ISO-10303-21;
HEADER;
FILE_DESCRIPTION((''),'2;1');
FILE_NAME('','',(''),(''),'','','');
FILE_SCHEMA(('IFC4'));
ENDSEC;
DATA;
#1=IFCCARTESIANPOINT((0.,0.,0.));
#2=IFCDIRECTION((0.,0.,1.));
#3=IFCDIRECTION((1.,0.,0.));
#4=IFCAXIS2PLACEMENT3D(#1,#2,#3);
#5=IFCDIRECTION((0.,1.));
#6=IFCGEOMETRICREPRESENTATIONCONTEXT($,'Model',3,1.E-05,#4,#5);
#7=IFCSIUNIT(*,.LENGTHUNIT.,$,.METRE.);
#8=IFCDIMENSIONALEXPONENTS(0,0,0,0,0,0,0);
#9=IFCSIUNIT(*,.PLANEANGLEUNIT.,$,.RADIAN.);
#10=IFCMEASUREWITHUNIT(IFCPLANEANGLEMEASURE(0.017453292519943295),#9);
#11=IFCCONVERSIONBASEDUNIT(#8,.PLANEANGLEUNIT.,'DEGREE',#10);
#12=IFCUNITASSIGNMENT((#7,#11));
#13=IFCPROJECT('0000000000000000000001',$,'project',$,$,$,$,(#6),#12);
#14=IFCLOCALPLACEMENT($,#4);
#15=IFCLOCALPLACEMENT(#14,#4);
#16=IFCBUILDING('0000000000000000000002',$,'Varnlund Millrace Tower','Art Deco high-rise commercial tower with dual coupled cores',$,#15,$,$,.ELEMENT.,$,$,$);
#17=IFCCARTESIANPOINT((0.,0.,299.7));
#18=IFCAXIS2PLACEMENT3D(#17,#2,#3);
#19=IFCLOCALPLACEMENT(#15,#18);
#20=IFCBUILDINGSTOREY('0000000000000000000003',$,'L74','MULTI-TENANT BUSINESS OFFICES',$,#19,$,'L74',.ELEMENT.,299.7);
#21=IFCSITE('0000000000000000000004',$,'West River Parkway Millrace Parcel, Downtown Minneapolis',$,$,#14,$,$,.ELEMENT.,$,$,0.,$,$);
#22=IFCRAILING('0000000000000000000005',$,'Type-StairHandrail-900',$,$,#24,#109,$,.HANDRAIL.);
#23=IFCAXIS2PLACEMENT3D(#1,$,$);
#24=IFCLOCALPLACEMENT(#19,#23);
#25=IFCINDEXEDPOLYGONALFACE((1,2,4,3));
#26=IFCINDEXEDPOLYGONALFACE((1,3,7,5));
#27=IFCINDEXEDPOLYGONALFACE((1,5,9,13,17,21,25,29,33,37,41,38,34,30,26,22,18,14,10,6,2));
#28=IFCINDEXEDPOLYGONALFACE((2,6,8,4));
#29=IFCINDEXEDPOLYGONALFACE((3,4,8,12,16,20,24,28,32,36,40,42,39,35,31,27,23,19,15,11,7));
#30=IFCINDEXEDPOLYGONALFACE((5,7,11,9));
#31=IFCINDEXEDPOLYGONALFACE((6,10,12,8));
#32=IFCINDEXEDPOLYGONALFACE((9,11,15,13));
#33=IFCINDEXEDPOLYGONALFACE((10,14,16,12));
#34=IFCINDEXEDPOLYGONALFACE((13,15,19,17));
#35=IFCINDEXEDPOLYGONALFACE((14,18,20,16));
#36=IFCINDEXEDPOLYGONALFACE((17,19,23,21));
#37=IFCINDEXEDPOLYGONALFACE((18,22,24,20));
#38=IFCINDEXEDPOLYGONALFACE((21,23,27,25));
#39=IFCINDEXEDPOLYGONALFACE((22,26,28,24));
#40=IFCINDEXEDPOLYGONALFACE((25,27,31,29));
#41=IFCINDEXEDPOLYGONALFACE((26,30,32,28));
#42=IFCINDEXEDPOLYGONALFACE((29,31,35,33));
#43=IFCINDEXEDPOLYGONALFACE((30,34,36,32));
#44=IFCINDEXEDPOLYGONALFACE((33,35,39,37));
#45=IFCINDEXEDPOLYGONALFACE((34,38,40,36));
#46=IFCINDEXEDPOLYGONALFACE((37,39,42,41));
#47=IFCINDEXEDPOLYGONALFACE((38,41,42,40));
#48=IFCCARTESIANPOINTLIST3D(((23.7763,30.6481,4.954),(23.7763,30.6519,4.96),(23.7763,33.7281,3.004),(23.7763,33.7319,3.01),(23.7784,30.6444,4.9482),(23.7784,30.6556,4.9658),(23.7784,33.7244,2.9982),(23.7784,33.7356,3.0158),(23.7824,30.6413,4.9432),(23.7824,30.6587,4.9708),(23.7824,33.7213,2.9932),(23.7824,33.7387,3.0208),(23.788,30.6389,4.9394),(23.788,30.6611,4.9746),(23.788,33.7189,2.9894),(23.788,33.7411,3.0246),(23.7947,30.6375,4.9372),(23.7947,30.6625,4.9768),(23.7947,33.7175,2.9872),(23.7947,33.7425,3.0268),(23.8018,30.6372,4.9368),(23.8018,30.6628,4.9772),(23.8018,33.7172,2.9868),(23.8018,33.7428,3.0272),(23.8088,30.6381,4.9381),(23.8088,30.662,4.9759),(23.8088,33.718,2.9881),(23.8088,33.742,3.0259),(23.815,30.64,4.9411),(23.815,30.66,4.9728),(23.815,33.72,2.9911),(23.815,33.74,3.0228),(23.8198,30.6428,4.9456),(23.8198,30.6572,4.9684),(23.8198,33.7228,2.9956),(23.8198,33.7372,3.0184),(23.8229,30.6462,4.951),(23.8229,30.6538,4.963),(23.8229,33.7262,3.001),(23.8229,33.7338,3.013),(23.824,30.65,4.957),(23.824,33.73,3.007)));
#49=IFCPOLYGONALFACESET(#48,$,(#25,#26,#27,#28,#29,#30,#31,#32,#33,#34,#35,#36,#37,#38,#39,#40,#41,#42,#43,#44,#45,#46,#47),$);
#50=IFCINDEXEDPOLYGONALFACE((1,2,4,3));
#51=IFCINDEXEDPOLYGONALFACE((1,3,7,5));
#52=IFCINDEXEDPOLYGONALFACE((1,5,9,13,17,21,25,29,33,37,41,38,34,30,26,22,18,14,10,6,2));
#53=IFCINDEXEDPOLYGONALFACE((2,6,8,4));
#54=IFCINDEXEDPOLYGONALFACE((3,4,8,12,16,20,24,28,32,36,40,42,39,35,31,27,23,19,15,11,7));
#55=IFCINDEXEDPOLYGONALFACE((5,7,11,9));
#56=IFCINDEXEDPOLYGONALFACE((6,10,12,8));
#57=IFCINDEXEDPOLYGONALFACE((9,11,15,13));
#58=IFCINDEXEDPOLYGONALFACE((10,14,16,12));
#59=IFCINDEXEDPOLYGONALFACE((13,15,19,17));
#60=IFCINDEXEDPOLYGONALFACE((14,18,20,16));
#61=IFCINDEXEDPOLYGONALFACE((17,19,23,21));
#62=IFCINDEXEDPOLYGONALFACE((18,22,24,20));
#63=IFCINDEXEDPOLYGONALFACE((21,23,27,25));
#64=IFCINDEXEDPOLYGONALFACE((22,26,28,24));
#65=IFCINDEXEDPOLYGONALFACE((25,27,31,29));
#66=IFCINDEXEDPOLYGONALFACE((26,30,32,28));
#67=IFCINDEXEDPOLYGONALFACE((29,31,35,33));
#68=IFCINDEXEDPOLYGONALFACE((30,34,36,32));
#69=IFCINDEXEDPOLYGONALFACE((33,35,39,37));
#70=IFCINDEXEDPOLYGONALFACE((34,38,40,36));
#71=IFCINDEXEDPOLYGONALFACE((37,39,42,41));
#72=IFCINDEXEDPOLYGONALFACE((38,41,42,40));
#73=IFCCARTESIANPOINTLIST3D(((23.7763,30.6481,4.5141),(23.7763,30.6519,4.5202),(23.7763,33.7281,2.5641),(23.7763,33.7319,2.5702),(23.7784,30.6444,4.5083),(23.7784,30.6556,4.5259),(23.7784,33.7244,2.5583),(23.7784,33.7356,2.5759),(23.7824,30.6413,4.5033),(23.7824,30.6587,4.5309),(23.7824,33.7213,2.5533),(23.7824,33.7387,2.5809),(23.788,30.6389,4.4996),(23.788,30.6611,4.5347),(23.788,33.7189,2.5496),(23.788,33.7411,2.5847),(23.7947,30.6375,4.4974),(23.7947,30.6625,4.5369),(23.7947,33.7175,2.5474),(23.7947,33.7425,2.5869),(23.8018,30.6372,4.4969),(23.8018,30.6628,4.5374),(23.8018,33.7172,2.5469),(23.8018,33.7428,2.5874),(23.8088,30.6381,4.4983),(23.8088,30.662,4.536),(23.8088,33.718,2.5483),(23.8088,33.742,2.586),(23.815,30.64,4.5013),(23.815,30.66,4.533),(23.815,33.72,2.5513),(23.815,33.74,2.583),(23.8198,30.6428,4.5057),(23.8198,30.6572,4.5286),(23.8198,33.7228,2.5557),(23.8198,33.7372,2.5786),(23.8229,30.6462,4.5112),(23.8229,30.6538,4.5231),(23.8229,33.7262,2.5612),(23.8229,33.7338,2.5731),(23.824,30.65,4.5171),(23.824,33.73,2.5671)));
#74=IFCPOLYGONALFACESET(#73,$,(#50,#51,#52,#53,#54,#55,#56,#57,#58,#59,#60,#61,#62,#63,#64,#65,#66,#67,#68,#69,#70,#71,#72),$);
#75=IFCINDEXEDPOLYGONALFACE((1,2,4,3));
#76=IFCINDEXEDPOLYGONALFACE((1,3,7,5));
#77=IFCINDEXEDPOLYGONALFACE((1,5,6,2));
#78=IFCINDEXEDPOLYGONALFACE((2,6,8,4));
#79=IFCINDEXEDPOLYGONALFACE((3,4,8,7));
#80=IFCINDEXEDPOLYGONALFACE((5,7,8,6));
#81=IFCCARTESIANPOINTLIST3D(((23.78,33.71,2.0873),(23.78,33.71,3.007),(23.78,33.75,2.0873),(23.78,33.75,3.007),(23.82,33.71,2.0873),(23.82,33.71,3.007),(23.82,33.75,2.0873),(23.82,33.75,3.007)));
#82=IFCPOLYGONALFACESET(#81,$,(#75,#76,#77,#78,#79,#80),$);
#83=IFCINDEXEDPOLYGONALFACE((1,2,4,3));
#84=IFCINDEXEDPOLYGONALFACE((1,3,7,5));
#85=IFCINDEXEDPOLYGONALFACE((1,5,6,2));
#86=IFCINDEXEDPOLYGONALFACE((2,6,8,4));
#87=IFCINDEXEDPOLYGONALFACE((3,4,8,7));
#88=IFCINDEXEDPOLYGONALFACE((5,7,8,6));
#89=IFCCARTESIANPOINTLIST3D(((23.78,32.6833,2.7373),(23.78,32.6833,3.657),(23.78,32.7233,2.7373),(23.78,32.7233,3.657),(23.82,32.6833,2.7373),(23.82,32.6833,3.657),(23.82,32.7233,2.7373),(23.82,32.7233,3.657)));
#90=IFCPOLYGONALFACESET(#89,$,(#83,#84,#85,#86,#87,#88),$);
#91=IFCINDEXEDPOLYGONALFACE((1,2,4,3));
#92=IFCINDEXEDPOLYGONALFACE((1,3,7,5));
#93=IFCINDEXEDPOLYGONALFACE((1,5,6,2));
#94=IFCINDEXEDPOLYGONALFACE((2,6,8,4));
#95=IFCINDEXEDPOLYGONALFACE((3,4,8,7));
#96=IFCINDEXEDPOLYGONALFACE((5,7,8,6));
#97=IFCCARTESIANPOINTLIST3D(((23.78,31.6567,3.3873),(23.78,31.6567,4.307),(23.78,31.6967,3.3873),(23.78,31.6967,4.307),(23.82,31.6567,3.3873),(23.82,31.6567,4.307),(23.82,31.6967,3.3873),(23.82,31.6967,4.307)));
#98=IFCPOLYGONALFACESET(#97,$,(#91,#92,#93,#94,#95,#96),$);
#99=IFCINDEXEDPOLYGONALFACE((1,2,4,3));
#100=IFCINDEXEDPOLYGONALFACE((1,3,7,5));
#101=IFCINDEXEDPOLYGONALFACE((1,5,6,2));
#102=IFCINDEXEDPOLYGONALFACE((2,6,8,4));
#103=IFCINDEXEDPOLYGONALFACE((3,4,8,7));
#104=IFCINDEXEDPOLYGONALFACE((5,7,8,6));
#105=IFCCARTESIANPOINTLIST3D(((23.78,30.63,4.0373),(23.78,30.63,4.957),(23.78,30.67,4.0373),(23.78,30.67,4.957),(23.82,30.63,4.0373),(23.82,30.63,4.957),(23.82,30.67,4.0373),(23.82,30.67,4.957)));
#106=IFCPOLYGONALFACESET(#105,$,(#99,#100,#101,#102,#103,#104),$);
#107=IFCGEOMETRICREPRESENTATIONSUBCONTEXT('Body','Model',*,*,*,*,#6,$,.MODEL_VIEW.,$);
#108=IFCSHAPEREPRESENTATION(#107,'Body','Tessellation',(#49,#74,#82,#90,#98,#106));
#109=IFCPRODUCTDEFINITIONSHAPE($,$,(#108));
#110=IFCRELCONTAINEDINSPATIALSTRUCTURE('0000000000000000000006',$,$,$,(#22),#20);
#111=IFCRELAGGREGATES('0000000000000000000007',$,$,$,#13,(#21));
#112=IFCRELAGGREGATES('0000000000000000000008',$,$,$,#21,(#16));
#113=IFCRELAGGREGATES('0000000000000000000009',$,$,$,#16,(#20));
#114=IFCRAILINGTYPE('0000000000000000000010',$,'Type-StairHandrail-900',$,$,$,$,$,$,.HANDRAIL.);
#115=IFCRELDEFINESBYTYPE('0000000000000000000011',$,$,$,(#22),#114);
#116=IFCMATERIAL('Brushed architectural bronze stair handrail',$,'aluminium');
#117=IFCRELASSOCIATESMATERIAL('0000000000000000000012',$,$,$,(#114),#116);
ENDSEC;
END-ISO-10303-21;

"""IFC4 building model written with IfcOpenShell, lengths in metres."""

from ifc_helpers import new_model, entity, si_unit, converted_unit, direction, frame, origin_with_axes, origin_2d_with_axis, place, context, subcontext, project, spatial, rectangle, circle, extrude, material, type_object, element, save


model = new_model("IFC4")

# Units and contexts
model_context = context("Model", 3, precision=1e-05, world=origin_with_axes(), true_north=direction((0.0, 1.0)))
body_context = subcontext(model_context, "Body", "Model", "MODEL_VIEW")
ifc_project = project(units=[si_unit("LENGTHUNIT", "METRE"), converted_unit("PLANEANGLEUNIT", "DEGREE", entity("IfcPlaneAngleMeasure", 0.017453292519943295), si_unit("PLANEANGLEUNIT", "RADIAN"), dimensions=[0, 0, 0, 0, 0, 0, 0])], contexts=[model_context])

# Site, building, storey
site_placement = place(None, origin_with_axes())
site = spatial("IfcSite", under=ifc_project, at=site_placement, Name="West River Parkway Millrace Parcel, Downtown Minneapolis", CompositionType="ELEMENT", RefElevation=0.0)
building_placement = place(site_placement, origin_with_axes())
building = spatial("IfcBuilding", under=site, at=building_placement, Name="Varnlund Millrace Tower", Description="Art Deco high-rise commercial tower with dual coupled cores", CompositionType="ELEMENT")
storey_placement = place(building_placement, frame((0.0, 0.0, 299.7), z_axis=(0.0, 0.0, 1.0), x_axis=(1.0, 0.0, 0.0)))
storey = spatial("IfcBuildingStorey", under=building, at=storey_placement, Name="L74", Description="MULTI-TENANT BUSINESS OFFICES", LongName="L74", CompositionType="ELEMENT", Elevation=299.7)

# Railing
ifc_material_1 = material(Name="Brushed architectural bronze stair handrail", Category="aluminium")
railing_type_1 = type_object("IfcRailingType", Name="Type-StairHandrail-900", PredefinedType="HANDRAIL", material=ifc_material_1)
railing_1_placement = place(storey_placement, frame((0.0, 0.0, -299.7), z_axis=(0.0, 0.0, 1.0), x_axis=(1.0, 0.0, 0.0)))
element("IfcRailing", 1, at=railing_1_placement, inside=storey, type_object=railing_type_1, Name="Type-StairHandrail-900", PredefinedType="HANDRAIL", context=body_context, shape_type="SweptSolid", body=[
    extrude(circle(Radius=0.024, at=origin_2d_with_axis()), frame((23.8, 33.73, 302.707), z_axis=(0.0, -0.844902, 0.534922), x_axis=(1.0, 0.0, 0.0)), (0.0, 0.0, 1.0), 3.6454),
    extrude(circle(Radius=0.024, at=origin_2d_with_axis()), frame((23.8, 33.73, 302.2671), z_axis=(0.0, -0.844902, 0.534922), x_axis=(1.0, 0.0, 0.0)), (0.0, 0.0, 1.0), 3.6454),
    extrude(rectangle(XDim=0.04, YDim=0.04, at=origin_2d_with_axis()), frame((23.8, 33.73, 301.7873), z_axis=(0.0, 0.0, 1.0), x_axis=(1.0, 0.0, 0.0)), (0.0, 0.0, 1.0), 0.9197),
    extrude(rectangle(XDim=0.04, YDim=0.04, at=origin_2d_with_axis()), frame((23.8, 32.7033, 302.4373), z_axis=(0.0, 0.0, 1.0), x_axis=(1.0, 0.0, 0.0)), (0.0, 0.0, 1.0), 0.9197),
    extrude(rectangle(XDim=0.04, YDim=0.04, at=origin_2d_with_axis()), frame((23.8, 31.6767, 303.0873), z_axis=(0.0, 0.0, 1.0), x_axis=(1.0, 0.0, 0.0)), (0.0, 0.0, 1.0), 0.9197),
    extrude(rectangle(XDim=0.04, YDim=0.04, at=origin_2d_with_axis()), frame((23.8, 30.65, 303.7373), z_axis=(0.0, 0.0, 1.0), x_axis=(1.0, 0.0, 0.0)), (0.0, 0.0, 1.0), 0.9197),
])

save(model, "model.ifc")
